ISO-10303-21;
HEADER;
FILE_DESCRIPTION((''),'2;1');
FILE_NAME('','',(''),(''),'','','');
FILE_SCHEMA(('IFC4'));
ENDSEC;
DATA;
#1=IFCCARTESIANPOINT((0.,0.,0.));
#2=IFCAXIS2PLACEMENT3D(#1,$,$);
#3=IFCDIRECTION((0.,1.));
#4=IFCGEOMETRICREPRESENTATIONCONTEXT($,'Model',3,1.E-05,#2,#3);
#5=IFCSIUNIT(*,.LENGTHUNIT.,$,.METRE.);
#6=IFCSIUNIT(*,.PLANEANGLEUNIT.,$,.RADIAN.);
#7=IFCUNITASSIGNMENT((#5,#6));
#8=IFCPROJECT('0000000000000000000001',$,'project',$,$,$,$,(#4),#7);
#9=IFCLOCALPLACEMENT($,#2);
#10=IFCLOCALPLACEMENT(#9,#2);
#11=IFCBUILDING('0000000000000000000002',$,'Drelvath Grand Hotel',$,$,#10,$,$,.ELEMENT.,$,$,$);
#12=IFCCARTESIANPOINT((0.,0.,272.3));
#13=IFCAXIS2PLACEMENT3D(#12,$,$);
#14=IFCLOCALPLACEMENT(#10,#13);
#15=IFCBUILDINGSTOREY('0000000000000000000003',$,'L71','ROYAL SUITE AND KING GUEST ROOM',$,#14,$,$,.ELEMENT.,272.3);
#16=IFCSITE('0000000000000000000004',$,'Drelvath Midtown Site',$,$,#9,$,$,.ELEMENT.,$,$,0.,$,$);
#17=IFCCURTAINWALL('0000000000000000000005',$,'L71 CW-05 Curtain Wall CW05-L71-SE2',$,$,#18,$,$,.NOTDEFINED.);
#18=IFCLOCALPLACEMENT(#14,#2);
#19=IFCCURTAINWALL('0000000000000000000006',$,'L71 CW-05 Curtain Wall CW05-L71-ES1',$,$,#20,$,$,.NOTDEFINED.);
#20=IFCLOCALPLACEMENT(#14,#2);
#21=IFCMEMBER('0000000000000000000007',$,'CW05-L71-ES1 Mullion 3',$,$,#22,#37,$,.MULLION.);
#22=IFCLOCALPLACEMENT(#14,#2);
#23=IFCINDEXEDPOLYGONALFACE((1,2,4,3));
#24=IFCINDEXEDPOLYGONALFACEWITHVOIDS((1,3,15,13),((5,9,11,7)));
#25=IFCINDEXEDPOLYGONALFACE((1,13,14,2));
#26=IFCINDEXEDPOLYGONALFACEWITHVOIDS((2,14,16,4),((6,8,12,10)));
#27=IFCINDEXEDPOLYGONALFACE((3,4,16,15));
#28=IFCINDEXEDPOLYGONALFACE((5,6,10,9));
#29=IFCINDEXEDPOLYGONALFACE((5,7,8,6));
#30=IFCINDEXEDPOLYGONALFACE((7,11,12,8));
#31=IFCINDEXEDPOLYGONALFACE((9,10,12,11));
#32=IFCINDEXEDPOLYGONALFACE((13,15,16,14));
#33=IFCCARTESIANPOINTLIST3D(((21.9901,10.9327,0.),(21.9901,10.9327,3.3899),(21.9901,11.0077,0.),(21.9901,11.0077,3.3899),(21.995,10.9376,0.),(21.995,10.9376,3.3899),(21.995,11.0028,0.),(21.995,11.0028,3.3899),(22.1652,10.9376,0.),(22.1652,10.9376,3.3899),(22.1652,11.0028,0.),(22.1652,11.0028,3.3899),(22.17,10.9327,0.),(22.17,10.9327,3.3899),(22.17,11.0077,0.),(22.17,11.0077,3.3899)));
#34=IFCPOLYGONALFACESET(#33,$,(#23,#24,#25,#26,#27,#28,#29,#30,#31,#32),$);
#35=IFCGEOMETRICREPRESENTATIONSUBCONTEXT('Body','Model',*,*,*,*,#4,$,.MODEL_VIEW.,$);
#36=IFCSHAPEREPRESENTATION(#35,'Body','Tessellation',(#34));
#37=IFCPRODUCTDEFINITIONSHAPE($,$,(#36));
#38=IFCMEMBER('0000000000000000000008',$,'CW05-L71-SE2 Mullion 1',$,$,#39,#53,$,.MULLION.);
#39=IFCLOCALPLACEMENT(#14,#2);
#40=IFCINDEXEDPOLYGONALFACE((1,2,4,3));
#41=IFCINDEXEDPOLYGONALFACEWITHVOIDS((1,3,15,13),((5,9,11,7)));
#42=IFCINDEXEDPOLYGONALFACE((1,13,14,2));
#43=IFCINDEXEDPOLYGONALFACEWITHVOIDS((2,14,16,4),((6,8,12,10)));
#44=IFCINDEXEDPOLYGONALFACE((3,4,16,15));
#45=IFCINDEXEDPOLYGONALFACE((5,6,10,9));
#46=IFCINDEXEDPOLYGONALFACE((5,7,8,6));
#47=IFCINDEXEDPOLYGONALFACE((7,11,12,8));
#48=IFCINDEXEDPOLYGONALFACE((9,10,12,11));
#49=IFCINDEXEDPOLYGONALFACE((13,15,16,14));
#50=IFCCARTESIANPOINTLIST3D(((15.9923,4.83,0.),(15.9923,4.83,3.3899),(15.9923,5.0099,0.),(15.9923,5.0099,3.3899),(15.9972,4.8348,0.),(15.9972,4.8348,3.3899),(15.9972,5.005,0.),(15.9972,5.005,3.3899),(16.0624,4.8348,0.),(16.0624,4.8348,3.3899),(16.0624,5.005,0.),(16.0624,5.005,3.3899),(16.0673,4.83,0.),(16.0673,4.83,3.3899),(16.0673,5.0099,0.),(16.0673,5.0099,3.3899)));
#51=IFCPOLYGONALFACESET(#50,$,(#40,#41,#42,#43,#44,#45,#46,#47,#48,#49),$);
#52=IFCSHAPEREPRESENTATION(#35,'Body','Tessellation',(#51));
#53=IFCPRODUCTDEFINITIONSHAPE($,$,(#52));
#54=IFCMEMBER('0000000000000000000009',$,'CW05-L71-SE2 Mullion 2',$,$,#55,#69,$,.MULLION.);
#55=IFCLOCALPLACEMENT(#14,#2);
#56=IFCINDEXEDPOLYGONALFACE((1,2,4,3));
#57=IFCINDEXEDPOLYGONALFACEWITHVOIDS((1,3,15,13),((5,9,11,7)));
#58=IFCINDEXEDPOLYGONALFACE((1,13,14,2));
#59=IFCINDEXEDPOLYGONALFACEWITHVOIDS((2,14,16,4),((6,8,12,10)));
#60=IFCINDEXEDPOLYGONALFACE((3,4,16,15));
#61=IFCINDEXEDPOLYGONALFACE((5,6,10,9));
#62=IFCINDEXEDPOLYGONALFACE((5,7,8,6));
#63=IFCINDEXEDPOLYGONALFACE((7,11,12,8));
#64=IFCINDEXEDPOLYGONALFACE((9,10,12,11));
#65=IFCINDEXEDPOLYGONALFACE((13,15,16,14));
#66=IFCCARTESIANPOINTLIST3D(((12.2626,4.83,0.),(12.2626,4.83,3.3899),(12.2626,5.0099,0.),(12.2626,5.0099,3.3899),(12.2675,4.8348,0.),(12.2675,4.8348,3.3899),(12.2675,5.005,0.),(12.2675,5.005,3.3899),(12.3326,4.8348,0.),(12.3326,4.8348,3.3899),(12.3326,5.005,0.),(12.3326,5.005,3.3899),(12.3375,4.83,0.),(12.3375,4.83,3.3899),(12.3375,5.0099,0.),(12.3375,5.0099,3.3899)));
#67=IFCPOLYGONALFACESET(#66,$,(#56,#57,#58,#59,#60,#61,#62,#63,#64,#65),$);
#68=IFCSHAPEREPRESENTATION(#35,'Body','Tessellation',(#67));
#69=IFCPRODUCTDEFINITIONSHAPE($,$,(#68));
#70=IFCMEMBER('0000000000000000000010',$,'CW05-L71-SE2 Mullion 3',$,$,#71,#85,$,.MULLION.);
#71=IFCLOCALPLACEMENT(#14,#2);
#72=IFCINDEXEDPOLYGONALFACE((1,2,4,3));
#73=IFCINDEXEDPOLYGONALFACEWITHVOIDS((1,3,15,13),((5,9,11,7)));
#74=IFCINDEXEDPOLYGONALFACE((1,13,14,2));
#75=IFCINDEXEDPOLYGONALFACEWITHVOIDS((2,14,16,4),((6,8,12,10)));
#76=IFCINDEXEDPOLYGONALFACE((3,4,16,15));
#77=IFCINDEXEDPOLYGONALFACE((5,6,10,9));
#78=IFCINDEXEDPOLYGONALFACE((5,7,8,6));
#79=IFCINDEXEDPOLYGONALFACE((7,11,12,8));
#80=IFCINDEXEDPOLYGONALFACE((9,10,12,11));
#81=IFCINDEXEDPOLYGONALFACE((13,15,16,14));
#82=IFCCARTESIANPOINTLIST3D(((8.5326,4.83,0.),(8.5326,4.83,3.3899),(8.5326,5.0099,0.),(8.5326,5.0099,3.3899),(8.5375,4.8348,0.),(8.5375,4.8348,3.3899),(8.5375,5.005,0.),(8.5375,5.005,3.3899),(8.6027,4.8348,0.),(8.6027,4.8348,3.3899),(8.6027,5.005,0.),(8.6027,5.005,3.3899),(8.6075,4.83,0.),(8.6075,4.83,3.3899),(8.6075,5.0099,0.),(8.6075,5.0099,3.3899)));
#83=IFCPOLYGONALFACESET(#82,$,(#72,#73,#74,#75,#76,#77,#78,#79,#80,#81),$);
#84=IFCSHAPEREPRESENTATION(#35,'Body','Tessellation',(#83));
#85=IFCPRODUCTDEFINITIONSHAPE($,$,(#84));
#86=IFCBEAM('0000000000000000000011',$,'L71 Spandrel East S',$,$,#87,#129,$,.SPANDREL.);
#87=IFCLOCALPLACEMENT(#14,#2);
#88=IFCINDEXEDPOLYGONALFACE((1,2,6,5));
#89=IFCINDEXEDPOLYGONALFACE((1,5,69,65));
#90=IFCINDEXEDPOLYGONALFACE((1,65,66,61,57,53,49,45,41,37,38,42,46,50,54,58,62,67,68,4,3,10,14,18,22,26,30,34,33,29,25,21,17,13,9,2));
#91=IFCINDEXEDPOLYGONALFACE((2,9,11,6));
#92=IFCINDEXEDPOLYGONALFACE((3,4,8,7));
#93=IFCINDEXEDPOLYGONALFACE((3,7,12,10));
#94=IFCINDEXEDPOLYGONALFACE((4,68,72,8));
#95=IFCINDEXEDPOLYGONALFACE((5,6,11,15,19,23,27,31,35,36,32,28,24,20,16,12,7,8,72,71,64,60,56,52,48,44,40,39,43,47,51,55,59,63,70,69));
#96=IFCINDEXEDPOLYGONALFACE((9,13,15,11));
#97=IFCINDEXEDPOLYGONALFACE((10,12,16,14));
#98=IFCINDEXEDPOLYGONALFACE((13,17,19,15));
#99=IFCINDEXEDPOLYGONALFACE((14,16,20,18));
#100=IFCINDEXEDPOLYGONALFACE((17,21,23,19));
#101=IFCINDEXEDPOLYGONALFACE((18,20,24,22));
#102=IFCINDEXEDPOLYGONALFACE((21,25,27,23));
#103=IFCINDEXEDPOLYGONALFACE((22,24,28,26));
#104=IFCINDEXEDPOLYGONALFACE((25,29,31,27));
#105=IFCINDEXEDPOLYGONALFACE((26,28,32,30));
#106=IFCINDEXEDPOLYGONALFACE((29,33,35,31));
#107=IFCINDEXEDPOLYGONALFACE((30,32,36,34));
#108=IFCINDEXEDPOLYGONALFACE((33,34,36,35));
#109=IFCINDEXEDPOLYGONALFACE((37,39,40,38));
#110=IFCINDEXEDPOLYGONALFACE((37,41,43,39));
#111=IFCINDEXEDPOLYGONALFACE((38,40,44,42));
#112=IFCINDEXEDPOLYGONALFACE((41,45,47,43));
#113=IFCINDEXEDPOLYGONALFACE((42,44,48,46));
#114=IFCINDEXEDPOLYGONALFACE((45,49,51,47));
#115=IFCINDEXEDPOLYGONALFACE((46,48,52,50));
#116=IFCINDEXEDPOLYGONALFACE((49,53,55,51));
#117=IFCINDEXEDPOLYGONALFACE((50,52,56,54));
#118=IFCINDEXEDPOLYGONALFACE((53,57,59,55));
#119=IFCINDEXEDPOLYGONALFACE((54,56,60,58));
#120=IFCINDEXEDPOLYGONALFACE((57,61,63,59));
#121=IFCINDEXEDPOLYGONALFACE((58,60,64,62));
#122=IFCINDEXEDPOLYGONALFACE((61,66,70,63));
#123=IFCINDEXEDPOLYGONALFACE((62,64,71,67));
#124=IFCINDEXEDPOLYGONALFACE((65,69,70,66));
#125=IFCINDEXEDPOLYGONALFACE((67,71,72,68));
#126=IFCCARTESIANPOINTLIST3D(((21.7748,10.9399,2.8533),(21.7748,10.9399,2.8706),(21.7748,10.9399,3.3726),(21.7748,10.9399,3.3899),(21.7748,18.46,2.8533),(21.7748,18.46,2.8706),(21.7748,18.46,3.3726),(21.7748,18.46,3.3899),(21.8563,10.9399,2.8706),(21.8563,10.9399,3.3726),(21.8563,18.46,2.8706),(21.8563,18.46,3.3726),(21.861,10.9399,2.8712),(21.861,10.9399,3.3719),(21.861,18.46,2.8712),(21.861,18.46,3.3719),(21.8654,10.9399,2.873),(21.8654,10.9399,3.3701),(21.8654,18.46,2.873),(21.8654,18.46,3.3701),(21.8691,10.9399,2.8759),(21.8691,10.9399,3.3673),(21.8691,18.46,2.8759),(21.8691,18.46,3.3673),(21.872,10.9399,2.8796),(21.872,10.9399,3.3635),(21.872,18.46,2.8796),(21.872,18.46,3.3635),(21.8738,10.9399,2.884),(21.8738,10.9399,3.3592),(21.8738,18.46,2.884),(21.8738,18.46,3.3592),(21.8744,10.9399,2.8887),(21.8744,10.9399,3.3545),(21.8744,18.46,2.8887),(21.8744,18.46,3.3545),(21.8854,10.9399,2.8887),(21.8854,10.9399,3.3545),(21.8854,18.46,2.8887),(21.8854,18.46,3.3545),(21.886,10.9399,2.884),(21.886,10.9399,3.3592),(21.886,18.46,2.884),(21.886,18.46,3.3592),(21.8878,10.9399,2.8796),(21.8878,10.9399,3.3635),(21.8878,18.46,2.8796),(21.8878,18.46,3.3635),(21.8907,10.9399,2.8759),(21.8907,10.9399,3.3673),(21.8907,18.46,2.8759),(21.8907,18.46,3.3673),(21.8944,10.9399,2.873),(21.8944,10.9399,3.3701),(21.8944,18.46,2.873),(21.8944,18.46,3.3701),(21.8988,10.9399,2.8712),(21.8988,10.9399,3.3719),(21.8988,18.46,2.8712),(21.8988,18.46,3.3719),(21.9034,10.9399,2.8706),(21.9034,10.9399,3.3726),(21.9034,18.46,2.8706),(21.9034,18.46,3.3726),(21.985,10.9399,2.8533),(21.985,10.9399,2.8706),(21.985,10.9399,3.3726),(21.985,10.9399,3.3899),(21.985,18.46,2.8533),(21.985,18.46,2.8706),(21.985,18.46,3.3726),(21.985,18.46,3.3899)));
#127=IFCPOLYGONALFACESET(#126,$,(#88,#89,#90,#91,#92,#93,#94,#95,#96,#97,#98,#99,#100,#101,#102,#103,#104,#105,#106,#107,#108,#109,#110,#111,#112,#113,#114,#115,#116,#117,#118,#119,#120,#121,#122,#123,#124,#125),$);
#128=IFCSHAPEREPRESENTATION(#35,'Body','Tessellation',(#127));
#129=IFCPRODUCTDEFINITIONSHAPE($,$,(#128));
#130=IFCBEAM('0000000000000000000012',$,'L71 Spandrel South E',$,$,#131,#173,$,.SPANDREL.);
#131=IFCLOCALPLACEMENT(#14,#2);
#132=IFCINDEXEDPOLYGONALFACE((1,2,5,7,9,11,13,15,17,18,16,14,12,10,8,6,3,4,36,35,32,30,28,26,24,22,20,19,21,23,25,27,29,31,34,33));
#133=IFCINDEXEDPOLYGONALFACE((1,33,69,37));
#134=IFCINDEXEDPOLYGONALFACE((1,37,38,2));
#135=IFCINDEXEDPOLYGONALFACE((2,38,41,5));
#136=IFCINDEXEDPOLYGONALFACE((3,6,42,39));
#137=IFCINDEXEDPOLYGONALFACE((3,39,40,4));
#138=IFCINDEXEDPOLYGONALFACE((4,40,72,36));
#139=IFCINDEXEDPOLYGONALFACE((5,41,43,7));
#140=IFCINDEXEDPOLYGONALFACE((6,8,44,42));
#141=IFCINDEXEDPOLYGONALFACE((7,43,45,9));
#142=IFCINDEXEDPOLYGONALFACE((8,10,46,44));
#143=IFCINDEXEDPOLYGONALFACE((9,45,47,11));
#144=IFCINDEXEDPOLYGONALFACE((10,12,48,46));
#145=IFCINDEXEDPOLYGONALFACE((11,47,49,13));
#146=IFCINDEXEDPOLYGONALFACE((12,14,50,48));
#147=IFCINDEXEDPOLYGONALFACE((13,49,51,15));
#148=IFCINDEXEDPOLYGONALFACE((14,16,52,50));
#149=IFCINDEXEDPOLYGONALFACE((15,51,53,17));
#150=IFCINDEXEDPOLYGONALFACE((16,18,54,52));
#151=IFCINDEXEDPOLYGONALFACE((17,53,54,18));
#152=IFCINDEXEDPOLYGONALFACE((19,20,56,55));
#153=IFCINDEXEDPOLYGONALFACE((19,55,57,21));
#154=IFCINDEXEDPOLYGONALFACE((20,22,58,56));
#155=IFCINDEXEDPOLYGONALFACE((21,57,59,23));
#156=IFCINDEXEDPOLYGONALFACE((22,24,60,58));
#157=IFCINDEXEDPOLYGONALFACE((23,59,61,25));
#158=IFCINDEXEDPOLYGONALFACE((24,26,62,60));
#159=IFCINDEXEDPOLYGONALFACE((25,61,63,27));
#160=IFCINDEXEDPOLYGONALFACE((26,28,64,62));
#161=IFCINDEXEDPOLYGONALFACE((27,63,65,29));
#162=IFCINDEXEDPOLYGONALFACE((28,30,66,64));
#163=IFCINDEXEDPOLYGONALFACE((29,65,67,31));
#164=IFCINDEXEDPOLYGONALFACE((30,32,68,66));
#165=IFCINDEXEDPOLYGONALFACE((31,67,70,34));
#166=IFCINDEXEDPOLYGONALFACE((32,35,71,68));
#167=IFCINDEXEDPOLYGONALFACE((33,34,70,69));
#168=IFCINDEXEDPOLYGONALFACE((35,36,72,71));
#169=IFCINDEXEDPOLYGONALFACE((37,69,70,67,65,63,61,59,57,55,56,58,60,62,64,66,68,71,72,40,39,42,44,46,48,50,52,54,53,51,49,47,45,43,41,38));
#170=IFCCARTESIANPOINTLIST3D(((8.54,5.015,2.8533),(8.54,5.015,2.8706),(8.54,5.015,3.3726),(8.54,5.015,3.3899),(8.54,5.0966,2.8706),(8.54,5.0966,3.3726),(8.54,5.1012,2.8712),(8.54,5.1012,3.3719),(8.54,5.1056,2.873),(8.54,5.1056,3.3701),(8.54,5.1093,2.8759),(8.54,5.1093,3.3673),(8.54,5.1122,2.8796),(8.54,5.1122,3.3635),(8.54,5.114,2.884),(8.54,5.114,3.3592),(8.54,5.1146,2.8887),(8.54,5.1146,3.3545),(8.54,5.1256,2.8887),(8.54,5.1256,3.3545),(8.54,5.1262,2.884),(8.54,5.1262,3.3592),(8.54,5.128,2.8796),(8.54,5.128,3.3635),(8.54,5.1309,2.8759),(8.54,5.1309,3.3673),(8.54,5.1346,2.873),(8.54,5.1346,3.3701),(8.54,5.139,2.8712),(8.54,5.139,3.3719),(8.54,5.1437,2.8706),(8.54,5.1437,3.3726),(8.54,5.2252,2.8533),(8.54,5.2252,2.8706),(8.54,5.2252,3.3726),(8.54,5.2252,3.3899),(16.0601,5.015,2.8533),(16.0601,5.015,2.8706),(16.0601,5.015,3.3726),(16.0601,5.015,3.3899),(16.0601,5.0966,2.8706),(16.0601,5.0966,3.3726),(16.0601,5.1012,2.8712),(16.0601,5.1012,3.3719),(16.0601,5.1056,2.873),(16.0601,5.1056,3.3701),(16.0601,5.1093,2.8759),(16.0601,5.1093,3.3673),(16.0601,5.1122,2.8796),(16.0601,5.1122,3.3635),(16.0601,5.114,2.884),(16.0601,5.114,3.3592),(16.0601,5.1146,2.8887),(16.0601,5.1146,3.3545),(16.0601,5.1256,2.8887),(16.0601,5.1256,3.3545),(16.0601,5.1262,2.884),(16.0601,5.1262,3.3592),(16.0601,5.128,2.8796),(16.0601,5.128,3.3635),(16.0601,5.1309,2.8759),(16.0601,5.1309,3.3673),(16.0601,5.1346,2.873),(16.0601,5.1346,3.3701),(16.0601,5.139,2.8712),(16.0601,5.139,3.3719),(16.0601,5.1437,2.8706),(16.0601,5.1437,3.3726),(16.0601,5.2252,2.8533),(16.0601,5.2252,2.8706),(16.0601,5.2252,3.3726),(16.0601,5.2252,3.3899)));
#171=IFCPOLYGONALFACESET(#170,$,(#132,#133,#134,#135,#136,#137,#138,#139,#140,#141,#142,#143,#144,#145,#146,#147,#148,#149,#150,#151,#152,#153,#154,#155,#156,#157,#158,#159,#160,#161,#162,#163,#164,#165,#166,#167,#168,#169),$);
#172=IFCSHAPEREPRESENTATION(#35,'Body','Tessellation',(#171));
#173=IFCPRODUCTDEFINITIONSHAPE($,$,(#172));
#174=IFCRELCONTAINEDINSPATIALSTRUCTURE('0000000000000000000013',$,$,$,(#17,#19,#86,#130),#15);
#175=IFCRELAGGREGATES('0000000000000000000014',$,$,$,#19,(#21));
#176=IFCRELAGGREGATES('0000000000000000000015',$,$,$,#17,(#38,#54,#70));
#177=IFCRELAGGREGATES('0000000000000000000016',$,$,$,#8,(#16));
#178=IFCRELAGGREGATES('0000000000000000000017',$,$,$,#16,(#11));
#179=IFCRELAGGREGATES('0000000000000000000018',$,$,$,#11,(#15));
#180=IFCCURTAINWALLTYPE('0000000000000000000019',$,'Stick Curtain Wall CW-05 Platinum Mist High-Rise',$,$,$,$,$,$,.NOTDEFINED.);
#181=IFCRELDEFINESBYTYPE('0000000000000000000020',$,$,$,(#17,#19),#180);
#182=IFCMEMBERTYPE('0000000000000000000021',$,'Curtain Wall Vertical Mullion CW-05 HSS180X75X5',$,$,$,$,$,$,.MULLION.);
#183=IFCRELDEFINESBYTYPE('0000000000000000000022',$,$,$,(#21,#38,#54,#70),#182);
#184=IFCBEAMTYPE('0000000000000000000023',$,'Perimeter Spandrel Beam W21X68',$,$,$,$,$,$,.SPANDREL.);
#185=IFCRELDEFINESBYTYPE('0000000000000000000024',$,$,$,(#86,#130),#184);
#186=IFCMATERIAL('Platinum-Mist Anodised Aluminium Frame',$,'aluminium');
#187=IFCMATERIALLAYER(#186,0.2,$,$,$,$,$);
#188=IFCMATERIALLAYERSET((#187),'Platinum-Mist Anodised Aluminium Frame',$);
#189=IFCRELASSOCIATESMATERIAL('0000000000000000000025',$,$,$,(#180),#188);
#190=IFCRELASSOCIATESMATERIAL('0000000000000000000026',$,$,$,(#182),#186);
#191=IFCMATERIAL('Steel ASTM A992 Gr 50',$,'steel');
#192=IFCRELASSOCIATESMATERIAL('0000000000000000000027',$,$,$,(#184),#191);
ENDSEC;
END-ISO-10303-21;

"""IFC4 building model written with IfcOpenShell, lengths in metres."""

from ifc_helpers import new_model, si_unit, direction, frame, origin, origin_2d, place, context, subcontext, project, spatial, hollow_rectangle, i_section, extrude, material, layer, layer_set, material_profile, profile_set, type_object, element, aggregate, save


model = new_model("IFC4")

# Units and contexts
model_context = context("Model", 3, precision=1e-05, world=origin(), true_north=direction((0.0, 1.0)))
body_context = subcontext(model_context, "Body", "Model", "MODEL_VIEW")
ifc_project = project(units=[si_unit("LENGTHUNIT", "METRE"), si_unit("PLANEANGLEUNIT", "RADIAN")], contexts=[model_context])

# Site, building, storey
site_placement = place(None, origin())
site = spatial("IfcSite", under=ifc_project, at=site_placement, Name="Drelvath Midtown Site", CompositionType="ELEMENT", RefElevation=0.0)
building_placement = place(site_placement, origin())
building = spatial("IfcBuilding", under=site, at=building_placement, Name="Drelvath Grand Hotel", CompositionType="ELEMENT")
storey_placement = place(building_placement, frame((0.0, 0.0, 272.3)))
storey = spatial("IfcBuildingStorey", under=building, at=storey_placement, Name="L71", Description="ROYAL SUITE AND KING GUEST ROOM", CompositionType="ELEMENT", Elevation=272.3)

# Shared definitions
ifc_material_1 = material(Name="Steel ASTM A992 Gr 50", Category="steel")

# Curtain walls, member
ifc_material_2 = material(Name="Platinum-Mist Anodised Aluminium Frame", Category="aluminium")
ifc_layer_1 = layer(ifc_material_2, 0.2)
ifc_layer_set_1 = layer_set([ifc_layer_1], Name="Platinum-Mist Anodised Aluminium Frame")
curtain_wall_type = type_object("IfcCurtainWallType", Name="Stick Curtain Wall CW-05 Platinum Mist High-Rise", PredefinedType="NOTDEFINED", material=ifc_layer_set_1)
curtain_wall_1_placement = place(storey_placement, origin())
curtain_wall_1 = element("IfcCurtainWall", 1, at=curtain_wall_1_placement, inside=storey, type_object=curtain_wall_type, Name="L71 CW-05 Curtain Wall CW05-L71-SE2", PredefinedType="NOTDEFINED")
curtain_wall_2_placement = place(storey_placement, origin())
curtain_wall_2 = element("IfcCurtainWall", 2, at=curtain_wall_2_placement, inside=storey, type_object=curtain_wall_type, Name="L71 CW-05 Curtain Wall CW05-L71-ES1", PredefinedType="NOTDEFINED")
ifc_material_profile_1 = material_profile(ifc_material_2, hollow_rectangle(XDim=0.075, YDim=0.1799, WallThickness=0.0049, at=origin_2d()), Name="HSS180X75X5")
ifc_profile_set_1 = profile_set([ifc_material_profile_1], Name="Platinum-Mist Anodised Aluminium Frame")
member_type_1 = type_object("IfcMemberType", Name="Curtain Wall Vertical Mullion CW-05 HSS180X75X5", PredefinedType="MULLION", material=ifc_profile_set_1)
member_1_placement = place(storey_placement, frame((22.0801, 10.9702, 0.0), z_axis=(0.0, 0.0, 1.0), x_axis=(0.0, 1.0, 0.0)))
member_1 = element("IfcMember", 3, at=member_1_placement, type_object=member_type_1, Name="CW05-L71-ES1 Mullion 3", PredefinedType="MULLION", context=body_context, shape_type="SweptSolid", body=[
    extrude(hollow_rectangle(XDim=0.075, YDim=0.1799, WallThickness=0.0049, at=origin_2d()), origin(), (0.0, 0.0, 1.0), 3.3899),
])

# Members
member_2_placement = place(storey_placement, frame((16.0298, 4.9199, 0.0), z_axis=(0.0, 0.0, 1.0), x_axis=(1.0, 0.0, 0.0)))
member_2 = element("IfcMember", 4, at=member_2_placement, type_object=member_type_1, Name="CW05-L71-SE2 Mullion 1", PredefinedType="MULLION", context=body_context, shape_type="SweptSolid", body=[
    extrude(hollow_rectangle(XDim=0.075, YDim=0.1799, WallThickness=0.0049, at=origin_2d()), origin(), (0.0, 0.0, 1.0), 3.3899),
])
member_3_placement = place(storey_placement, frame((12.3, 4.9199, 0.0), z_axis=(0.0, 0.0, 1.0), x_axis=(1.0, 0.0, 0.0)))
member_3 = element("IfcMember", 5, at=member_3_placement, type_object=member_type_1, Name="CW05-L71-SE2 Mullion 2", PredefinedType="MULLION", context=body_context, shape_type="SweptSolid", body=[
    extrude(hollow_rectangle(XDim=0.075, YDim=0.1799, WallThickness=0.0049, at=origin_2d()), origin(), (0.0, 0.0, 1.0), 3.3899),
])
member_4_placement = place(storey_placement, frame((8.5701, 4.9199, 0.0), z_axis=(0.0, 0.0, 1.0), x_axis=(1.0, 0.0, 0.0)))
member_4 = element("IfcMember", 6, at=member_4_placement, type_object=member_type_1, Name="CW05-L71-SE2 Mullion 3", PredefinedType="MULLION", context=body_context, shape_type="SweptSolid", body=[
    extrude(hollow_rectangle(XDim=0.075, YDim=0.1799, WallThickness=0.0049, at=origin_2d()), origin(), (0.0, 0.0, 1.0), 3.3899),
])

# Beams
ifc_material_profile_2 = material_profile(ifc_material_1, i_section(OverallWidth=0.2102, OverallDepth=0.5366, WebThickness=0.011, FlangeThickness=0.0173, FilletRadius=0.0181, at=origin_2d()), Name="W21X68")
ifc_profile_set_2 = profile_set([ifc_material_profile_2], Name="Steel ASTM A992 Gr 50")
beam_type_1 = type_object("IfcBeamType", Name="Perimeter Spandrel Beam W21X68", PredefinedType="SPANDREL", material=ifc_profile_set_2)
for number, where, z_axis, x_axis, name in (
    (7, (21.8799, 10.9399, 3.1216), (0.0, 1.0, 0.0), (-1.0, 0.0, 0.0), "L71 Spandrel East S"),
    (8, (8.54, 5.1201, 3.1216), (1.0, 0.0, 0.0), (0.0, 1.0, 0.0), "L71 Spandrel South E"),
):
    element("IfcBeam", number, at=place(storey_placement, frame(where, z_axis=z_axis, x_axis=x_axis)), inside=storey, type_object=beam_type_1, Name=name, PredefinedType="SPANDREL", context=body_context, shape_type="SweptSolid", body=[
        extrude(i_section(OverallWidth=0.2102, OverallDepth=0.5366, WebThickness=0.011, FlangeThickness=0.0173, FilletRadius=0.0181, at=origin_2d()), origin(), (0.0, 0.0, 1.0), 7.52),
    ])

aggregate(curtain_wall_2, [member_1])
aggregate(curtain_wall_1, [member_2, member_3, member_4])

save(model, "model.ifc")
